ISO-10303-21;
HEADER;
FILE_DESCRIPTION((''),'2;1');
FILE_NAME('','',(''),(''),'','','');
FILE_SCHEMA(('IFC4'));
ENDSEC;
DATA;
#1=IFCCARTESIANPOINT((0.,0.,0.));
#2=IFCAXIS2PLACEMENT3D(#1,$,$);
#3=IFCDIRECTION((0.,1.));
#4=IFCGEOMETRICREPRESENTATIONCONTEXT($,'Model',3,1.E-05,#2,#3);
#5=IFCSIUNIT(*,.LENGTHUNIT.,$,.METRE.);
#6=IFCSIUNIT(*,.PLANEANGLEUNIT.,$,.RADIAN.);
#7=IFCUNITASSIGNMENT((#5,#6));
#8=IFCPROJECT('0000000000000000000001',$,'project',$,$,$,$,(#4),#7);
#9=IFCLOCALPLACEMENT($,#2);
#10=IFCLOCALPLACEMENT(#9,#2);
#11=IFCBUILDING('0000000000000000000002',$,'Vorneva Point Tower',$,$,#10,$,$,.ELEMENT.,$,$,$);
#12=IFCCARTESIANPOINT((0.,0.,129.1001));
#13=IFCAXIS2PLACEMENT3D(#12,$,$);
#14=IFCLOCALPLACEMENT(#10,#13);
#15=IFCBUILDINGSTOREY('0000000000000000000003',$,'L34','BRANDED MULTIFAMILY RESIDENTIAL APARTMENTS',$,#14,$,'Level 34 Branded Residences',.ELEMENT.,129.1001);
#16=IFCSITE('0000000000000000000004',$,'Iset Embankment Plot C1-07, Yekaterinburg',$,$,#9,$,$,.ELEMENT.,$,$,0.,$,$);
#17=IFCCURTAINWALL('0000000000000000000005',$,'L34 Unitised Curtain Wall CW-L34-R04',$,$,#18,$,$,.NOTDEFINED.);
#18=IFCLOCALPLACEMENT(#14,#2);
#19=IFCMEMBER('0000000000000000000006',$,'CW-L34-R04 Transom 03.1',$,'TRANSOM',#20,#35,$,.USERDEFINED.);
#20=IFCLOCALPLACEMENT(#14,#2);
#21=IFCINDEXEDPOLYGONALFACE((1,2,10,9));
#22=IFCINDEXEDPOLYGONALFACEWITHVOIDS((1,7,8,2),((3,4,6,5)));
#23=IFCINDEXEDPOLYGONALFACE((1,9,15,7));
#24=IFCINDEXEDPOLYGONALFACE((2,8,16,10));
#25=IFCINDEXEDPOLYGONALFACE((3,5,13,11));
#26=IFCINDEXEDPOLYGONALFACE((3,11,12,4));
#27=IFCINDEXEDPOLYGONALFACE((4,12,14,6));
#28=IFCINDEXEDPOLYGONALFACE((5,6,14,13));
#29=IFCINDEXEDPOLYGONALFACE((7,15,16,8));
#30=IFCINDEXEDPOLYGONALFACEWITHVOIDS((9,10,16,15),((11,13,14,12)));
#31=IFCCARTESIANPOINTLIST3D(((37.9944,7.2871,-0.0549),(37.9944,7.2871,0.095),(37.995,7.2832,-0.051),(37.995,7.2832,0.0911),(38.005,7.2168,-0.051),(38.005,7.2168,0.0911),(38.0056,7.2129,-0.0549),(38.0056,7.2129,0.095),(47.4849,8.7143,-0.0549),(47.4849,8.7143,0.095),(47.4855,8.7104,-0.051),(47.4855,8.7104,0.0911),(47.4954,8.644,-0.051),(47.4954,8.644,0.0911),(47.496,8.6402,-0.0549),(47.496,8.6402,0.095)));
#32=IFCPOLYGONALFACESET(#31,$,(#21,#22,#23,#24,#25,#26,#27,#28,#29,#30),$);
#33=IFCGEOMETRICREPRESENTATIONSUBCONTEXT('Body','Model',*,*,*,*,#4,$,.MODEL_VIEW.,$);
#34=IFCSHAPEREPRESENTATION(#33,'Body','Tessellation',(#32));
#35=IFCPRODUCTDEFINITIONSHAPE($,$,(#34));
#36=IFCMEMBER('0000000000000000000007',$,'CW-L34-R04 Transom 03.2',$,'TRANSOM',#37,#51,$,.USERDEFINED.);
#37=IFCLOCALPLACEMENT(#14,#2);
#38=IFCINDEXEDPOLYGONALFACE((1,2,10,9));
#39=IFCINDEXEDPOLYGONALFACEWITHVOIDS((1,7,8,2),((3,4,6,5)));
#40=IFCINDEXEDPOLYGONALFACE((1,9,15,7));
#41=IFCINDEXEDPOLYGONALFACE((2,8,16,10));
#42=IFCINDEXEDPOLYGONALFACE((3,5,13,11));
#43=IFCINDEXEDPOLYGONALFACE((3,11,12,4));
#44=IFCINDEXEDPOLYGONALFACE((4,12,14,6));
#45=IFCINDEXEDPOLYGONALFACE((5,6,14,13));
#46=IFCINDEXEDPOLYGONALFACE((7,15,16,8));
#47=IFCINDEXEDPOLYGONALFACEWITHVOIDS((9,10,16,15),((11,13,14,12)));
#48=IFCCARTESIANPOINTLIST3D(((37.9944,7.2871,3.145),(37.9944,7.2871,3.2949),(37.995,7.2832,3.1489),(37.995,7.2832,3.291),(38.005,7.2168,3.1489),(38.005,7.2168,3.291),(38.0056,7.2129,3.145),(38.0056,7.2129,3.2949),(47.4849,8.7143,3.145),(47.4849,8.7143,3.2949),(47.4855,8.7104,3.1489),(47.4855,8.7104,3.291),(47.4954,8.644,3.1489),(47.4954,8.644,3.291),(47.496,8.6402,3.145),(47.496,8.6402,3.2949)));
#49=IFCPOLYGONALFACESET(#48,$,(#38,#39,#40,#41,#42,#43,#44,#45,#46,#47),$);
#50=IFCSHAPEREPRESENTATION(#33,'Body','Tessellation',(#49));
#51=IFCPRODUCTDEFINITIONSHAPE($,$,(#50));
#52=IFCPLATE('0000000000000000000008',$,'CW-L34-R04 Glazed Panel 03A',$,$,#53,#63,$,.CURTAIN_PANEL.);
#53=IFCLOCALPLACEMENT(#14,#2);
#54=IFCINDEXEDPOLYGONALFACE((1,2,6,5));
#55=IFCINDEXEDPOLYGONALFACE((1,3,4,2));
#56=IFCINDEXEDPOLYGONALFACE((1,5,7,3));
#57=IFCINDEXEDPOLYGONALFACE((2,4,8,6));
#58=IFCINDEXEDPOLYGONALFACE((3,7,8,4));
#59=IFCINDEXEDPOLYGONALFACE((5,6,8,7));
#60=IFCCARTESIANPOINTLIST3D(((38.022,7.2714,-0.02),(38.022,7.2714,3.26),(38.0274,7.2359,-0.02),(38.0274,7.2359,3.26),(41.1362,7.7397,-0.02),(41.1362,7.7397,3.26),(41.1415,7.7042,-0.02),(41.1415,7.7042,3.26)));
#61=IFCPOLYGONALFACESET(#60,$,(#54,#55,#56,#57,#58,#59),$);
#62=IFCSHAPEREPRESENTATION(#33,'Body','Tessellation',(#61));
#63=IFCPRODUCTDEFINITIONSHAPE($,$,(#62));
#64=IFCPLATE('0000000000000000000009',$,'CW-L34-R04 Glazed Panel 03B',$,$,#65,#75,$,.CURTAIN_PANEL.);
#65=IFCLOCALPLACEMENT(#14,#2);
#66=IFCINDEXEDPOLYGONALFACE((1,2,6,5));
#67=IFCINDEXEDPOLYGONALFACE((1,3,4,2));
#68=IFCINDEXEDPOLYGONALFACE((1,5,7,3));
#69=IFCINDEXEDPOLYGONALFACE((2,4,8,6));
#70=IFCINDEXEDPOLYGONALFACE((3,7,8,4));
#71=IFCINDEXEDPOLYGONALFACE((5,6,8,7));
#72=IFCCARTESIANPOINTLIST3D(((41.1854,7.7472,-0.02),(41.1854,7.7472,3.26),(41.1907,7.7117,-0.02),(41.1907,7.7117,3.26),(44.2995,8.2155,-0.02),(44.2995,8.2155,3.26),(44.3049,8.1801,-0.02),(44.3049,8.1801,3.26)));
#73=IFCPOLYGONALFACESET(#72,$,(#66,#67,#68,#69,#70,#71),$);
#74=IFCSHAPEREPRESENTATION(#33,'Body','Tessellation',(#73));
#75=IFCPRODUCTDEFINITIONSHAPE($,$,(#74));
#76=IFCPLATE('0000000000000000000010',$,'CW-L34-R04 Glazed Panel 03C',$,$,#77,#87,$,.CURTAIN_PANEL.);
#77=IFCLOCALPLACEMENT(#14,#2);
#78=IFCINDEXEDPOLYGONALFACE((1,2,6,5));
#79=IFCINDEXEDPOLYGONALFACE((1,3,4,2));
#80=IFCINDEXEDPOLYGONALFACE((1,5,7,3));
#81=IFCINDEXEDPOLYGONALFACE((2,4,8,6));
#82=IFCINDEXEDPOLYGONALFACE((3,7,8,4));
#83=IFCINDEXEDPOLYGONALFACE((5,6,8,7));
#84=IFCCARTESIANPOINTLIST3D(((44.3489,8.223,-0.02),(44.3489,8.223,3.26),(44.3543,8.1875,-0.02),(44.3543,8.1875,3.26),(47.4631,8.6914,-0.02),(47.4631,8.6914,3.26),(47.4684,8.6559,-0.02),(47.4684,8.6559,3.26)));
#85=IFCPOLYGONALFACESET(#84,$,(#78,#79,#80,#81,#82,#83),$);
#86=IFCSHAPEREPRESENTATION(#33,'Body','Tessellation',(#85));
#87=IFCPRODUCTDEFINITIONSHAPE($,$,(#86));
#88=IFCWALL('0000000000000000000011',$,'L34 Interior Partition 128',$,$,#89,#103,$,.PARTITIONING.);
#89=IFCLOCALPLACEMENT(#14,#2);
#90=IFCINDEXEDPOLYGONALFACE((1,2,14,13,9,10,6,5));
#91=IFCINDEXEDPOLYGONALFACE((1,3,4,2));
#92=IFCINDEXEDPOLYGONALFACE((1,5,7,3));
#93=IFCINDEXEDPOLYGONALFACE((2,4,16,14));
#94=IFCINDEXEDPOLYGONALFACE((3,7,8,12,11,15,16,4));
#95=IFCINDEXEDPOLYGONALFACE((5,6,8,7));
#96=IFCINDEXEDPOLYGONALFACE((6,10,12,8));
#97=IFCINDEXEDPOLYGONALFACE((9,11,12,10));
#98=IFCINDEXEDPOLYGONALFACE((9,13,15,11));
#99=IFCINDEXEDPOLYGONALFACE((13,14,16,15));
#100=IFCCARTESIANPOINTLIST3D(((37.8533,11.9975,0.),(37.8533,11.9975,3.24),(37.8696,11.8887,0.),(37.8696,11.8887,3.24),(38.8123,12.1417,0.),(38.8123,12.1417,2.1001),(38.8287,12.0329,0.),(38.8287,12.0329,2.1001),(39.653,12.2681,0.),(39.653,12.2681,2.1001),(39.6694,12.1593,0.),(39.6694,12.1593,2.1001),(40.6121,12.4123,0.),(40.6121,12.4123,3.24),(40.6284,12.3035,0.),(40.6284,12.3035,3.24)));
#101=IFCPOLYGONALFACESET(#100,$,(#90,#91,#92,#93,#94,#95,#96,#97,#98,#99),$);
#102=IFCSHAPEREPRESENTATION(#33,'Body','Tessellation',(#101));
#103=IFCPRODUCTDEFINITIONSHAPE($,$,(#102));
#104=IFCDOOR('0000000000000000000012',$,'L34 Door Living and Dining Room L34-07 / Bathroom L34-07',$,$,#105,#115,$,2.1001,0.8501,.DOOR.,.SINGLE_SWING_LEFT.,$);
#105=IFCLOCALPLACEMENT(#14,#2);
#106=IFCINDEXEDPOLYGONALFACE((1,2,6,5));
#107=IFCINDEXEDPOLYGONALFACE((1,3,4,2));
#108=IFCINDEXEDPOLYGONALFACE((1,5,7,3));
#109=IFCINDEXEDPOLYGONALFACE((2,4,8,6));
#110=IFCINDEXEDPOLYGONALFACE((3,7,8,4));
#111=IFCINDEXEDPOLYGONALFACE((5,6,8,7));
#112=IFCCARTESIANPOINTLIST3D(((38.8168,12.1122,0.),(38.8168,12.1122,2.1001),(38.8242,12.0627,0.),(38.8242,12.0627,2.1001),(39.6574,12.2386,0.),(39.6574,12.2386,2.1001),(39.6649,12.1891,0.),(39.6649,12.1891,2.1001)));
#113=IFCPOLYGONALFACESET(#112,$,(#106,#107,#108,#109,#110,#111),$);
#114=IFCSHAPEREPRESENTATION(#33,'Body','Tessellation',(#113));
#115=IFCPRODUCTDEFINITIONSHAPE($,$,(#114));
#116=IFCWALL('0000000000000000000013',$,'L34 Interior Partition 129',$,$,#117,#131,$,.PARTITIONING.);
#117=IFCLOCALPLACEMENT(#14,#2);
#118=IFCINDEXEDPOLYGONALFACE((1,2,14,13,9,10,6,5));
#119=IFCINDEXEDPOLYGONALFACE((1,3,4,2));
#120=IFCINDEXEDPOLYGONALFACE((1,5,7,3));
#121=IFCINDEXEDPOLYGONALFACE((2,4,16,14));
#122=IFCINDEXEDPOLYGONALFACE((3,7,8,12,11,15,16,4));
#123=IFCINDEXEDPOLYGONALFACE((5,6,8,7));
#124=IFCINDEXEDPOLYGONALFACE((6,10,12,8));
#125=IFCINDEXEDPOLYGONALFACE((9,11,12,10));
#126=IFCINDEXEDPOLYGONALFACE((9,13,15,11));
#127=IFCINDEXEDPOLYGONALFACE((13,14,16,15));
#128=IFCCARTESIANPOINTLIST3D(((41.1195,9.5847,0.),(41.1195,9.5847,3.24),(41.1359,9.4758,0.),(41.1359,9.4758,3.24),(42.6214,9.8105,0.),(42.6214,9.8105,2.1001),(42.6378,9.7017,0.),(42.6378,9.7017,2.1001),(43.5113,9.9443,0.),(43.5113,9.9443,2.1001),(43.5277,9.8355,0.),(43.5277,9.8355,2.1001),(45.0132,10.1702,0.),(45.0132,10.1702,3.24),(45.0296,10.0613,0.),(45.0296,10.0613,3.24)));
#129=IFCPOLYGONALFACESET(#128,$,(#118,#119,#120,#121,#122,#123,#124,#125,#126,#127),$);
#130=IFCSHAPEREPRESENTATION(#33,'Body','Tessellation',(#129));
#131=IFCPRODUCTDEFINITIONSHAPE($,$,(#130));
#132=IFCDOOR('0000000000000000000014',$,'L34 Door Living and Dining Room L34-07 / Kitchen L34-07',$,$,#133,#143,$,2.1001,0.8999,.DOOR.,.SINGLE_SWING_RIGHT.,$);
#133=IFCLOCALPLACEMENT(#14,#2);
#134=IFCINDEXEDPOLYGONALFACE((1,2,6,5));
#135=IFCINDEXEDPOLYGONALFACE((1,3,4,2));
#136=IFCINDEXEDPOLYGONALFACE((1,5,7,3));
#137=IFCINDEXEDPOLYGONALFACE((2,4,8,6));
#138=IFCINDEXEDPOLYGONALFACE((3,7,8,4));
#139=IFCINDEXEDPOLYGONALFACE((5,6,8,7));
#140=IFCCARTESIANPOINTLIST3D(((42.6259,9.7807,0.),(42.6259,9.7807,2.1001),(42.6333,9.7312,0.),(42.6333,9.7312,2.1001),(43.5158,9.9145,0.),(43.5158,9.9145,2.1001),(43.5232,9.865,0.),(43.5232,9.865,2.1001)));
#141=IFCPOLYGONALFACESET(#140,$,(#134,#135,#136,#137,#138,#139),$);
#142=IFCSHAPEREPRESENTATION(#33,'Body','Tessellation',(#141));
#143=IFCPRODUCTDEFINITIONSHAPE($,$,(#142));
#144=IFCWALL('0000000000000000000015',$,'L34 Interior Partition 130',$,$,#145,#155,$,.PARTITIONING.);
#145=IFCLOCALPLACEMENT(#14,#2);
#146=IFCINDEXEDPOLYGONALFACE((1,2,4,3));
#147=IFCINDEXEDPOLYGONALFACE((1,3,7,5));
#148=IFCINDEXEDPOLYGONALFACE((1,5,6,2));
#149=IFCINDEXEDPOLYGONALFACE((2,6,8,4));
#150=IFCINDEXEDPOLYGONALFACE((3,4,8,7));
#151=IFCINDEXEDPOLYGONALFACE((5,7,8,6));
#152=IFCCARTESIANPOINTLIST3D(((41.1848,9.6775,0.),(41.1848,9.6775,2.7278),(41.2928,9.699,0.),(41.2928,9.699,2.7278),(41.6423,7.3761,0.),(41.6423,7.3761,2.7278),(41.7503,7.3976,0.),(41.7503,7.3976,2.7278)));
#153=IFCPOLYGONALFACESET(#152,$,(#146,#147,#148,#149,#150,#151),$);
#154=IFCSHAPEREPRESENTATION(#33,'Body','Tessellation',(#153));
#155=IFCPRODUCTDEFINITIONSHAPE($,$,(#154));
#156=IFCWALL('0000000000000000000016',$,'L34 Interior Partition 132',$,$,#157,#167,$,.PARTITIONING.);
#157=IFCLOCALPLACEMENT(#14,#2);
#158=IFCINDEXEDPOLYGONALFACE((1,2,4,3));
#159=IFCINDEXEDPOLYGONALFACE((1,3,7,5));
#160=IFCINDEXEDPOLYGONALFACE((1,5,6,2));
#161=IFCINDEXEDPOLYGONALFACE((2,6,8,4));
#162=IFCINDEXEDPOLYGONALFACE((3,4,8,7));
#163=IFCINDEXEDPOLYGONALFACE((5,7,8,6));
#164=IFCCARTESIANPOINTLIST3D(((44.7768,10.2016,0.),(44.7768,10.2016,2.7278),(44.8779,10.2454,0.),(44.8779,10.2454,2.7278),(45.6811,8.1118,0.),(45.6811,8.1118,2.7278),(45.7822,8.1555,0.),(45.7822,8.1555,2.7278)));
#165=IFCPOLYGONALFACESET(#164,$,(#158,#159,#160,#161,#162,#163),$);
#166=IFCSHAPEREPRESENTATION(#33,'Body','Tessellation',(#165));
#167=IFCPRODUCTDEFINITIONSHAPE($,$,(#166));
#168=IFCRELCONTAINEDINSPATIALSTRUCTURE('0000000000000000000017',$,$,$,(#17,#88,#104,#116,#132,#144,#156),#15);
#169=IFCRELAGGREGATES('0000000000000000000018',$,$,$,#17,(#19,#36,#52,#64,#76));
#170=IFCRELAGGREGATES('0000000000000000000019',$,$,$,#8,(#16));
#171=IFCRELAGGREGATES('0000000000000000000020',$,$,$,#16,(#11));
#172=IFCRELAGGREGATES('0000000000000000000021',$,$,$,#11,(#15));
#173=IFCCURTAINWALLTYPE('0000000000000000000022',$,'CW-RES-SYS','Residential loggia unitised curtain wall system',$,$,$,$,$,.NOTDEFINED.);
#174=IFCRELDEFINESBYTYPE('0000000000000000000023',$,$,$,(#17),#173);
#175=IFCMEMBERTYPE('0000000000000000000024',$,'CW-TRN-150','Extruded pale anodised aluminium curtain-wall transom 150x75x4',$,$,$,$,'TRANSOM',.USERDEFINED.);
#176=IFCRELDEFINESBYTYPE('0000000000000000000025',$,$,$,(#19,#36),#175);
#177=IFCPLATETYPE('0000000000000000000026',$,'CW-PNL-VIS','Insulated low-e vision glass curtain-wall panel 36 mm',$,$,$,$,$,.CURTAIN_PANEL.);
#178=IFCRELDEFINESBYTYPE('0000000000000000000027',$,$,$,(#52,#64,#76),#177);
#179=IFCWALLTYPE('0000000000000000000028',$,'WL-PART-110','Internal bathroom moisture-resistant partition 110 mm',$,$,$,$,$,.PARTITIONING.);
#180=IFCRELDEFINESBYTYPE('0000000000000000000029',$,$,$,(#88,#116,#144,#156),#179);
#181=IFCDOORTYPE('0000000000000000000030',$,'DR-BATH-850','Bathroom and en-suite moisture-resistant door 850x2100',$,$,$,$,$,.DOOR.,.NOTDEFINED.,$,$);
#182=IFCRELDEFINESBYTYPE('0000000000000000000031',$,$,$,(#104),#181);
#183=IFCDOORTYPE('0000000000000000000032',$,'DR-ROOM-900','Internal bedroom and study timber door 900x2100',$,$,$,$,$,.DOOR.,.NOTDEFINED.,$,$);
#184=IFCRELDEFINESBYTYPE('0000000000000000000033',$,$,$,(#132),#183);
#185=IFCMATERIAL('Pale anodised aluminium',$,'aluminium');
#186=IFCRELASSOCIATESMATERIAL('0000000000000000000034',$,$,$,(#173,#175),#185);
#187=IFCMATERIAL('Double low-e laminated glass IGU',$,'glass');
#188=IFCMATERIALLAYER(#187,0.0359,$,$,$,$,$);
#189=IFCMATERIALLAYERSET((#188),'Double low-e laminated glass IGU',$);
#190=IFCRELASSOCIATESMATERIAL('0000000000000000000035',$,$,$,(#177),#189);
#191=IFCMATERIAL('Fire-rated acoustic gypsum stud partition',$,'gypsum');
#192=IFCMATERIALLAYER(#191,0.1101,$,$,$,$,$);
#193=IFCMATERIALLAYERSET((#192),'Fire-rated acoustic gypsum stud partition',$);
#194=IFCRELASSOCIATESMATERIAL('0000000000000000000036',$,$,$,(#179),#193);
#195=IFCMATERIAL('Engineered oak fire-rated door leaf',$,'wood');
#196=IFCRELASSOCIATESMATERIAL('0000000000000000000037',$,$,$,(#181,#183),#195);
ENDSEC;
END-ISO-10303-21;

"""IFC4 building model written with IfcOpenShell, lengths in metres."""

from ifc_helpers import new_model, si_unit, direction, frame, frame_2d, origin, origin_2d, place, context, subcontext, project, spatial, rectangle, hollow_rectangle, extrude, material, layer, layer_set, material_profile, profile_set, type_object, element, fill, aggregate, save


model = new_model("IFC4")

# Units and contexts
model_context = context("Model", 3, precision=1e-05, world=origin(), true_north=direction((0.0, 1.0)))
body_context = subcontext(model_context, "Body", "Model", "MODEL_VIEW")
ifc_project = project(units=[si_unit("LENGTHUNIT", "METRE"), si_unit("PLANEANGLEUNIT", "RADIAN")], contexts=[model_context])

# Site, building, storey
site_placement = place(None, origin())
site = spatial("IfcSite", under=ifc_project, at=site_placement, Name="Iset Embankment Plot C1-07, Yekaterinburg", CompositionType="ELEMENT", RefElevation=0.0)
building_placement = place(site_placement, origin())
building = spatial("IfcBuilding", under=site, at=building_placement, Name="Vorneva Point Tower", CompositionType="ELEMENT")
storey_placement = place(building_placement, frame((0.0, 0.0, 129.1001)))
storey = spatial("IfcBuildingStorey", under=building, at=storey_placement, Name="L34", Description="BRANDED MULTIFAMILY RESIDENTIAL APARTMENTS", LongName="Level 34 Branded Residences", CompositionType="ELEMENT", Elevation=129.1001)

# Curtain wall, members, plates
ifc_material_1 = material(Name="Pale anodised aluminium", Category="aluminium")
curtain_wall_type = type_object("IfcCurtainWallType", Name="CW-RES-SYS", Description="Residential loggia unitised curtain wall system", PredefinedType="NOTDEFINED", material=ifc_material_1)
curtain_wall_placement = place(storey_placement, origin())
curtain_wall = element("IfcCurtainWall", 1, at=curtain_wall_placement, inside=storey, type_object=curtain_wall_type, Name="L34 Unitised Curtain Wall CW-L34-R04", PredefinedType="NOTDEFINED")
ifc_material_profile_1 = material_profile(ifc_material_1, hollow_rectangle(XDim=0.075, YDim=0.1499, WallThickness=0.0039, at=origin_2d()), Name="AL-TRN 150x75x4")
ifc_profile_set_1 = profile_set([ifc_material_profile_1], Name="Pale anodised aluminium")
member_type_1 = type_object("IfcMemberType", Name="CW-TRN-150", Description="Extruded pale anodised aluminium curtain-wall transom 150x75x4", ElementType="TRANSOM", PredefinedType="USERDEFINED", material=ifc_profile_set_1)
member_1_placement = place(storey_placement, frame((38.0, 7.25, 0.02), z_axis=(0.98888, 0.148715, 0.0), x_axis=(-0.148715, 0.98888, 0.0)))
member_1 = element("IfcMember", 2, at=member_1_placement, type_object=member_type_1, Name="CW-L34-R04 Transom 03.1", ObjectType="TRANSOM", PredefinedType="USERDEFINED", context=body_context, shape_type="SweptSolid", body=[
    extrude(hollow_rectangle(XDim=0.075, YDim=0.1499, WallThickness=0.0039, at=origin_2d()), origin(), (0.0, 0.0, 1.0), 9.5972),
])
member_2_placement = place(storey_placement, frame((38.0, 7.25, 3.22), z_axis=(0.98888, 0.148715, 0.0), x_axis=(-0.148715, 0.98888, 0.0)))
member_2 = element("IfcMember", 3, at=member_2_placement, type_object=member_type_1, Name="CW-L34-R04 Transom 03.2", ObjectType="TRANSOM", PredefinedType="USERDEFINED", context=body_context, shape_type="SweptSolid", body=[
    extrude(hollow_rectangle(XDim=0.075, YDim=0.1499, WallThickness=0.0039, at=origin_2d()), origin(), (0.0, 0.0, 1.0), 9.5972),
])
ifc_material_2 = material(Name="Double low-e laminated glass IGU", Category="glass")
ifc_layer_1 = layer(ifc_material_2, 0.0359)
ifc_layer_set_1 = layer_set([ifc_layer_1], Name="Double low-e laminated glass IGU")
plate_type = type_object("IfcPlateType", Name="CW-PNL-VIS", Description="Insulated low-e vision glass curtain-wall panel 36 mm", PredefinedType="CURTAIN_PANEL", material=ifc_layer_set_1)
plate_1_placement = place(storey_placement, frame((39.5818, 7.4878, -0.02), z_axis=(0.0, 0.0, 1.0), x_axis=(0.988879, 0.148724, 0.0)))
plate_1 = element("IfcPlate", 4, at=plate_1_placement, type_object=plate_type, Name="CW-L34-R04 Glazed Panel 03A", PredefinedType="CURTAIN_PANEL", context=body_context, shape_type="SweptSolid", body=[
    extrude(rectangle(XDim=3.1492, YDim=0.0359, at=origin_2d()), origin(), (0.0, 0.0, 1.0), 3.28),
])
plate_2_placement = place(storey_placement, frame((42.7451, 7.9636, -0.02), z_axis=(0.0, 0.0, 1.0), x_axis=(0.988879, 0.148724, 0.0)))
plate_2 = element("IfcPlate", 5, at=plate_2_placement, type_object=plate_type, Name="CW-L34-R04 Glazed Panel 03B", PredefinedType="CURTAIN_PANEL", context=body_context, shape_type="SweptSolid", body=[
    extrude(rectangle(XDim=3.1492, YDim=0.0359, at=origin_2d()), origin(), (0.0, 0.0, 1.0), 3.28),
])
plate_3_placement = place(storey_placement, frame((45.9087, 8.4395, -0.02), z_axis=(0.0, 0.0, 1.0), x_axis=(0.988879, 0.148724, 0.0)))
plate_3 = element("IfcPlate", 6, at=plate_3_placement, type_object=plate_type, Name="CW-L34-R04 Glazed Panel 03C", PredefinedType="CURTAIN_PANEL", context=body_context, shape_type="SweptSolid", body=[
    extrude(rectangle(XDim=3.1492, YDim=0.0359, at=origin_2d()), origin(), (0.0, 0.0, 1.0), 3.28),
])
aggregate(curtain_wall, [member_1, member_2, plate_1, plate_2, plate_3])

# Walls, openings, doors
ifc_material_3 = material(Name="Fire-rated acoustic gypsum stud partition", Category="gypsum")
ifc_layer_2 = layer(ifc_material_3, 0.1101)
ifc_layer_set_2 = layer_set([ifc_layer_2], Name="Fire-rated acoustic gypsum stud partition")
wall_type_1 = type_object("IfcWallType", Name="WL-PART-110", Description="Internal bathroom moisture-resistant partition 110 mm", PredefinedType="PARTITIONING", material=ifc_layer_set_2)
wall_1_placement = place(storey_placement, frame((40.6204, 12.3579, 0.0), z_axis=(0.0, 0.0, 1.0), x_axis=(-0.988885, -0.148683, 0.0)))
wall_1 = element("IfcWall", 7, at=wall_1_placement, inside=storey, type_object=wall_type_1, Name="L34 Interior Partition 128", PredefinedType="PARTITIONING", context=body_context, shape_type="SweptSolid", body=[
    extrude(rectangle(XDim=2.7898, YDim=0.1101, at=frame_2d((1.395, 0.0))), origin(), (0.0, 0.0, 1.0), 3.24),
])
opening_1_placement = place(wall_1_placement, frame((0.97, 0.0, 0.0)))
opening_1 = element("IfcOpeningElement", 8, at=opening_1_placement, cuts=wall_1, PredefinedType="OPENING", context=body_context, shape_type="SweptSolid", body=[
    extrude(rectangle(XDim=0.8501, YDim=2.1001, at=frame_2d((0.425, 1.05))), frame((0.0, 0.0698, 0.0), z_axis=(0.0, -1.0, 0.0), x_axis=(1.0, 0.0, 0.0)), (0.0, 0.0, 1.0), 0.1399),
])
ifc_material_4 = material(Name="Engineered oak fire-rated door leaf", Category="wood")
door_type_1 = type_object("IfcDoorType", Name="DR-BATH-850", Description="Bathroom and en-suite moisture-resistant door 850x2100", OperationType="NOTDEFINED", PredefinedType="DOOR", material=ifc_material_4)
door_1_placement = place(opening_1_placement, origin())
door_1 = element("IfcDoor", 9, at=door_1_placement, inside=storey, type_object=door_type_1, Name="L34 Door Living and Dining Room L34-07 / Bathroom L34-07", OperationType="SINGLE_SWING_LEFT", OverallHeight=2.1001, OverallWidth=0.8501, PredefinedType="DOOR", context=body_context, shape_type="SweptSolid", body=[
    extrude(rectangle(XDim=0.8501, YDim=2.1001, at=frame_2d((0.425, 1.05))), frame((0.0, 0.0249, 0.0), z_axis=(0.0, -1.0, 0.0), x_axis=(1.0, 0.0, 0.0)), (0.0, 0.0, 1.0), 0.05),
])
fill(opening_1, door_1)
wall_2_placement = place(storey_placement, frame((41.1277, 9.5303, 0.0), z_axis=(0.0, 0.0, 1.0), x_axis=(0.988885, 0.148683, 0.0)))
wall_2 = element("IfcWall", 10, at=wall_2_placement, inside=storey, type_object=wall_type_1, Name="L34 Interior Partition 129", PredefinedType="PARTITIONING", context=body_context, shape_type="SweptSolid", body=[
    extrude(rectangle(XDim=3.9375, YDim=0.1101, at=frame_2d((1.9688, 0.0))), origin(), (0.0, 0.0, 1.0), 3.24),
])
opening_2_placement = place(wall_2_placement, frame((1.5188, 0.0, 0.0)))
opening_2 = element("IfcOpeningElement", 11, at=opening_2_placement, cuts=wall_2, PredefinedType="OPENING", context=body_context, shape_type="SweptSolid", body=[
    extrude(rectangle(XDim=0.8999, YDim=2.1001, at=frame_2d((0.45, 1.05))), frame((0.0, 0.0698, 0.0), z_axis=(0.0, -1.0, 0.0), x_axis=(1.0, 0.0, 0.0)), (0.0, 0.0, 1.0), 0.1399),
])
door_type_2 = type_object("IfcDoorType", Name="DR-ROOM-900", Description="Internal bedroom and study timber door 900x2100", OperationType="NOTDEFINED", PredefinedType="DOOR", material=ifc_material_4)
door_2_placement = place(opening_2_placement, origin())
door_2 = element("IfcDoor", 12, at=door_2_placement, inside=storey, type_object=door_type_2, Name="L34 Door Living and Dining Room L34-07 / Kitchen L34-07", OperationType="SINGLE_SWING_RIGHT", OverallHeight=2.1001, OverallWidth=0.8999, PredefinedType="DOOR", context=body_context, shape_type="SweptSolid", body=[
    extrude(rectangle(XDim=0.8999, YDim=2.1001, at=frame_2d((0.45, 1.05))), frame((0.0, 0.0249, 0.0), z_axis=(0.0, -1.0, 0.0), x_axis=(1.0, 0.0, 0.0)), (0.0, 0.0, 1.0), 0.05),
])
fill(opening_2, door_2)

# Walls
wall_3_placement = place(storey_placement, frame((41.6963, 7.3867, 0.0), z_axis=(0.0, 0.0, 1.0), x_axis=(-0.194976, 0.980808, 0.0)))
element("IfcWall", 13, at=wall_3_placement, inside=storey, type_object=wall_type_1, Name="L34 Interior Partition 130", PredefinedType="PARTITIONING", context=body_context, shape_type="SweptSolid", body=[
    extrude(rectangle(XDim=2.3464, YDim=0.1101, at=frame_2d((1.1733, 0.0))), origin(), (0.0, 0.0, 1.0), 2.7278),
])
wall_4_placement = place(storey_placement, frame((45.7317, 8.1335, 0.0), z_axis=(0.0, 0.0, 1.0), x_axis=(-0.397126, 0.917764, 0.0)))
element("IfcWall", 14, at=wall_4_placement, inside=storey, type_object=wall_type_1, Name="L34 Interior Partition 132", PredefinedType="PARTITIONING", context=body_context, shape_type="SweptSolid", body=[
    extrude(rectangle(XDim=2.2771, YDim=0.1101, at=frame_2d((1.1387, 0.0))), origin(), (0.0, 0.0, 1.0), 2.7278),
])

save(model, "model.ifc")
